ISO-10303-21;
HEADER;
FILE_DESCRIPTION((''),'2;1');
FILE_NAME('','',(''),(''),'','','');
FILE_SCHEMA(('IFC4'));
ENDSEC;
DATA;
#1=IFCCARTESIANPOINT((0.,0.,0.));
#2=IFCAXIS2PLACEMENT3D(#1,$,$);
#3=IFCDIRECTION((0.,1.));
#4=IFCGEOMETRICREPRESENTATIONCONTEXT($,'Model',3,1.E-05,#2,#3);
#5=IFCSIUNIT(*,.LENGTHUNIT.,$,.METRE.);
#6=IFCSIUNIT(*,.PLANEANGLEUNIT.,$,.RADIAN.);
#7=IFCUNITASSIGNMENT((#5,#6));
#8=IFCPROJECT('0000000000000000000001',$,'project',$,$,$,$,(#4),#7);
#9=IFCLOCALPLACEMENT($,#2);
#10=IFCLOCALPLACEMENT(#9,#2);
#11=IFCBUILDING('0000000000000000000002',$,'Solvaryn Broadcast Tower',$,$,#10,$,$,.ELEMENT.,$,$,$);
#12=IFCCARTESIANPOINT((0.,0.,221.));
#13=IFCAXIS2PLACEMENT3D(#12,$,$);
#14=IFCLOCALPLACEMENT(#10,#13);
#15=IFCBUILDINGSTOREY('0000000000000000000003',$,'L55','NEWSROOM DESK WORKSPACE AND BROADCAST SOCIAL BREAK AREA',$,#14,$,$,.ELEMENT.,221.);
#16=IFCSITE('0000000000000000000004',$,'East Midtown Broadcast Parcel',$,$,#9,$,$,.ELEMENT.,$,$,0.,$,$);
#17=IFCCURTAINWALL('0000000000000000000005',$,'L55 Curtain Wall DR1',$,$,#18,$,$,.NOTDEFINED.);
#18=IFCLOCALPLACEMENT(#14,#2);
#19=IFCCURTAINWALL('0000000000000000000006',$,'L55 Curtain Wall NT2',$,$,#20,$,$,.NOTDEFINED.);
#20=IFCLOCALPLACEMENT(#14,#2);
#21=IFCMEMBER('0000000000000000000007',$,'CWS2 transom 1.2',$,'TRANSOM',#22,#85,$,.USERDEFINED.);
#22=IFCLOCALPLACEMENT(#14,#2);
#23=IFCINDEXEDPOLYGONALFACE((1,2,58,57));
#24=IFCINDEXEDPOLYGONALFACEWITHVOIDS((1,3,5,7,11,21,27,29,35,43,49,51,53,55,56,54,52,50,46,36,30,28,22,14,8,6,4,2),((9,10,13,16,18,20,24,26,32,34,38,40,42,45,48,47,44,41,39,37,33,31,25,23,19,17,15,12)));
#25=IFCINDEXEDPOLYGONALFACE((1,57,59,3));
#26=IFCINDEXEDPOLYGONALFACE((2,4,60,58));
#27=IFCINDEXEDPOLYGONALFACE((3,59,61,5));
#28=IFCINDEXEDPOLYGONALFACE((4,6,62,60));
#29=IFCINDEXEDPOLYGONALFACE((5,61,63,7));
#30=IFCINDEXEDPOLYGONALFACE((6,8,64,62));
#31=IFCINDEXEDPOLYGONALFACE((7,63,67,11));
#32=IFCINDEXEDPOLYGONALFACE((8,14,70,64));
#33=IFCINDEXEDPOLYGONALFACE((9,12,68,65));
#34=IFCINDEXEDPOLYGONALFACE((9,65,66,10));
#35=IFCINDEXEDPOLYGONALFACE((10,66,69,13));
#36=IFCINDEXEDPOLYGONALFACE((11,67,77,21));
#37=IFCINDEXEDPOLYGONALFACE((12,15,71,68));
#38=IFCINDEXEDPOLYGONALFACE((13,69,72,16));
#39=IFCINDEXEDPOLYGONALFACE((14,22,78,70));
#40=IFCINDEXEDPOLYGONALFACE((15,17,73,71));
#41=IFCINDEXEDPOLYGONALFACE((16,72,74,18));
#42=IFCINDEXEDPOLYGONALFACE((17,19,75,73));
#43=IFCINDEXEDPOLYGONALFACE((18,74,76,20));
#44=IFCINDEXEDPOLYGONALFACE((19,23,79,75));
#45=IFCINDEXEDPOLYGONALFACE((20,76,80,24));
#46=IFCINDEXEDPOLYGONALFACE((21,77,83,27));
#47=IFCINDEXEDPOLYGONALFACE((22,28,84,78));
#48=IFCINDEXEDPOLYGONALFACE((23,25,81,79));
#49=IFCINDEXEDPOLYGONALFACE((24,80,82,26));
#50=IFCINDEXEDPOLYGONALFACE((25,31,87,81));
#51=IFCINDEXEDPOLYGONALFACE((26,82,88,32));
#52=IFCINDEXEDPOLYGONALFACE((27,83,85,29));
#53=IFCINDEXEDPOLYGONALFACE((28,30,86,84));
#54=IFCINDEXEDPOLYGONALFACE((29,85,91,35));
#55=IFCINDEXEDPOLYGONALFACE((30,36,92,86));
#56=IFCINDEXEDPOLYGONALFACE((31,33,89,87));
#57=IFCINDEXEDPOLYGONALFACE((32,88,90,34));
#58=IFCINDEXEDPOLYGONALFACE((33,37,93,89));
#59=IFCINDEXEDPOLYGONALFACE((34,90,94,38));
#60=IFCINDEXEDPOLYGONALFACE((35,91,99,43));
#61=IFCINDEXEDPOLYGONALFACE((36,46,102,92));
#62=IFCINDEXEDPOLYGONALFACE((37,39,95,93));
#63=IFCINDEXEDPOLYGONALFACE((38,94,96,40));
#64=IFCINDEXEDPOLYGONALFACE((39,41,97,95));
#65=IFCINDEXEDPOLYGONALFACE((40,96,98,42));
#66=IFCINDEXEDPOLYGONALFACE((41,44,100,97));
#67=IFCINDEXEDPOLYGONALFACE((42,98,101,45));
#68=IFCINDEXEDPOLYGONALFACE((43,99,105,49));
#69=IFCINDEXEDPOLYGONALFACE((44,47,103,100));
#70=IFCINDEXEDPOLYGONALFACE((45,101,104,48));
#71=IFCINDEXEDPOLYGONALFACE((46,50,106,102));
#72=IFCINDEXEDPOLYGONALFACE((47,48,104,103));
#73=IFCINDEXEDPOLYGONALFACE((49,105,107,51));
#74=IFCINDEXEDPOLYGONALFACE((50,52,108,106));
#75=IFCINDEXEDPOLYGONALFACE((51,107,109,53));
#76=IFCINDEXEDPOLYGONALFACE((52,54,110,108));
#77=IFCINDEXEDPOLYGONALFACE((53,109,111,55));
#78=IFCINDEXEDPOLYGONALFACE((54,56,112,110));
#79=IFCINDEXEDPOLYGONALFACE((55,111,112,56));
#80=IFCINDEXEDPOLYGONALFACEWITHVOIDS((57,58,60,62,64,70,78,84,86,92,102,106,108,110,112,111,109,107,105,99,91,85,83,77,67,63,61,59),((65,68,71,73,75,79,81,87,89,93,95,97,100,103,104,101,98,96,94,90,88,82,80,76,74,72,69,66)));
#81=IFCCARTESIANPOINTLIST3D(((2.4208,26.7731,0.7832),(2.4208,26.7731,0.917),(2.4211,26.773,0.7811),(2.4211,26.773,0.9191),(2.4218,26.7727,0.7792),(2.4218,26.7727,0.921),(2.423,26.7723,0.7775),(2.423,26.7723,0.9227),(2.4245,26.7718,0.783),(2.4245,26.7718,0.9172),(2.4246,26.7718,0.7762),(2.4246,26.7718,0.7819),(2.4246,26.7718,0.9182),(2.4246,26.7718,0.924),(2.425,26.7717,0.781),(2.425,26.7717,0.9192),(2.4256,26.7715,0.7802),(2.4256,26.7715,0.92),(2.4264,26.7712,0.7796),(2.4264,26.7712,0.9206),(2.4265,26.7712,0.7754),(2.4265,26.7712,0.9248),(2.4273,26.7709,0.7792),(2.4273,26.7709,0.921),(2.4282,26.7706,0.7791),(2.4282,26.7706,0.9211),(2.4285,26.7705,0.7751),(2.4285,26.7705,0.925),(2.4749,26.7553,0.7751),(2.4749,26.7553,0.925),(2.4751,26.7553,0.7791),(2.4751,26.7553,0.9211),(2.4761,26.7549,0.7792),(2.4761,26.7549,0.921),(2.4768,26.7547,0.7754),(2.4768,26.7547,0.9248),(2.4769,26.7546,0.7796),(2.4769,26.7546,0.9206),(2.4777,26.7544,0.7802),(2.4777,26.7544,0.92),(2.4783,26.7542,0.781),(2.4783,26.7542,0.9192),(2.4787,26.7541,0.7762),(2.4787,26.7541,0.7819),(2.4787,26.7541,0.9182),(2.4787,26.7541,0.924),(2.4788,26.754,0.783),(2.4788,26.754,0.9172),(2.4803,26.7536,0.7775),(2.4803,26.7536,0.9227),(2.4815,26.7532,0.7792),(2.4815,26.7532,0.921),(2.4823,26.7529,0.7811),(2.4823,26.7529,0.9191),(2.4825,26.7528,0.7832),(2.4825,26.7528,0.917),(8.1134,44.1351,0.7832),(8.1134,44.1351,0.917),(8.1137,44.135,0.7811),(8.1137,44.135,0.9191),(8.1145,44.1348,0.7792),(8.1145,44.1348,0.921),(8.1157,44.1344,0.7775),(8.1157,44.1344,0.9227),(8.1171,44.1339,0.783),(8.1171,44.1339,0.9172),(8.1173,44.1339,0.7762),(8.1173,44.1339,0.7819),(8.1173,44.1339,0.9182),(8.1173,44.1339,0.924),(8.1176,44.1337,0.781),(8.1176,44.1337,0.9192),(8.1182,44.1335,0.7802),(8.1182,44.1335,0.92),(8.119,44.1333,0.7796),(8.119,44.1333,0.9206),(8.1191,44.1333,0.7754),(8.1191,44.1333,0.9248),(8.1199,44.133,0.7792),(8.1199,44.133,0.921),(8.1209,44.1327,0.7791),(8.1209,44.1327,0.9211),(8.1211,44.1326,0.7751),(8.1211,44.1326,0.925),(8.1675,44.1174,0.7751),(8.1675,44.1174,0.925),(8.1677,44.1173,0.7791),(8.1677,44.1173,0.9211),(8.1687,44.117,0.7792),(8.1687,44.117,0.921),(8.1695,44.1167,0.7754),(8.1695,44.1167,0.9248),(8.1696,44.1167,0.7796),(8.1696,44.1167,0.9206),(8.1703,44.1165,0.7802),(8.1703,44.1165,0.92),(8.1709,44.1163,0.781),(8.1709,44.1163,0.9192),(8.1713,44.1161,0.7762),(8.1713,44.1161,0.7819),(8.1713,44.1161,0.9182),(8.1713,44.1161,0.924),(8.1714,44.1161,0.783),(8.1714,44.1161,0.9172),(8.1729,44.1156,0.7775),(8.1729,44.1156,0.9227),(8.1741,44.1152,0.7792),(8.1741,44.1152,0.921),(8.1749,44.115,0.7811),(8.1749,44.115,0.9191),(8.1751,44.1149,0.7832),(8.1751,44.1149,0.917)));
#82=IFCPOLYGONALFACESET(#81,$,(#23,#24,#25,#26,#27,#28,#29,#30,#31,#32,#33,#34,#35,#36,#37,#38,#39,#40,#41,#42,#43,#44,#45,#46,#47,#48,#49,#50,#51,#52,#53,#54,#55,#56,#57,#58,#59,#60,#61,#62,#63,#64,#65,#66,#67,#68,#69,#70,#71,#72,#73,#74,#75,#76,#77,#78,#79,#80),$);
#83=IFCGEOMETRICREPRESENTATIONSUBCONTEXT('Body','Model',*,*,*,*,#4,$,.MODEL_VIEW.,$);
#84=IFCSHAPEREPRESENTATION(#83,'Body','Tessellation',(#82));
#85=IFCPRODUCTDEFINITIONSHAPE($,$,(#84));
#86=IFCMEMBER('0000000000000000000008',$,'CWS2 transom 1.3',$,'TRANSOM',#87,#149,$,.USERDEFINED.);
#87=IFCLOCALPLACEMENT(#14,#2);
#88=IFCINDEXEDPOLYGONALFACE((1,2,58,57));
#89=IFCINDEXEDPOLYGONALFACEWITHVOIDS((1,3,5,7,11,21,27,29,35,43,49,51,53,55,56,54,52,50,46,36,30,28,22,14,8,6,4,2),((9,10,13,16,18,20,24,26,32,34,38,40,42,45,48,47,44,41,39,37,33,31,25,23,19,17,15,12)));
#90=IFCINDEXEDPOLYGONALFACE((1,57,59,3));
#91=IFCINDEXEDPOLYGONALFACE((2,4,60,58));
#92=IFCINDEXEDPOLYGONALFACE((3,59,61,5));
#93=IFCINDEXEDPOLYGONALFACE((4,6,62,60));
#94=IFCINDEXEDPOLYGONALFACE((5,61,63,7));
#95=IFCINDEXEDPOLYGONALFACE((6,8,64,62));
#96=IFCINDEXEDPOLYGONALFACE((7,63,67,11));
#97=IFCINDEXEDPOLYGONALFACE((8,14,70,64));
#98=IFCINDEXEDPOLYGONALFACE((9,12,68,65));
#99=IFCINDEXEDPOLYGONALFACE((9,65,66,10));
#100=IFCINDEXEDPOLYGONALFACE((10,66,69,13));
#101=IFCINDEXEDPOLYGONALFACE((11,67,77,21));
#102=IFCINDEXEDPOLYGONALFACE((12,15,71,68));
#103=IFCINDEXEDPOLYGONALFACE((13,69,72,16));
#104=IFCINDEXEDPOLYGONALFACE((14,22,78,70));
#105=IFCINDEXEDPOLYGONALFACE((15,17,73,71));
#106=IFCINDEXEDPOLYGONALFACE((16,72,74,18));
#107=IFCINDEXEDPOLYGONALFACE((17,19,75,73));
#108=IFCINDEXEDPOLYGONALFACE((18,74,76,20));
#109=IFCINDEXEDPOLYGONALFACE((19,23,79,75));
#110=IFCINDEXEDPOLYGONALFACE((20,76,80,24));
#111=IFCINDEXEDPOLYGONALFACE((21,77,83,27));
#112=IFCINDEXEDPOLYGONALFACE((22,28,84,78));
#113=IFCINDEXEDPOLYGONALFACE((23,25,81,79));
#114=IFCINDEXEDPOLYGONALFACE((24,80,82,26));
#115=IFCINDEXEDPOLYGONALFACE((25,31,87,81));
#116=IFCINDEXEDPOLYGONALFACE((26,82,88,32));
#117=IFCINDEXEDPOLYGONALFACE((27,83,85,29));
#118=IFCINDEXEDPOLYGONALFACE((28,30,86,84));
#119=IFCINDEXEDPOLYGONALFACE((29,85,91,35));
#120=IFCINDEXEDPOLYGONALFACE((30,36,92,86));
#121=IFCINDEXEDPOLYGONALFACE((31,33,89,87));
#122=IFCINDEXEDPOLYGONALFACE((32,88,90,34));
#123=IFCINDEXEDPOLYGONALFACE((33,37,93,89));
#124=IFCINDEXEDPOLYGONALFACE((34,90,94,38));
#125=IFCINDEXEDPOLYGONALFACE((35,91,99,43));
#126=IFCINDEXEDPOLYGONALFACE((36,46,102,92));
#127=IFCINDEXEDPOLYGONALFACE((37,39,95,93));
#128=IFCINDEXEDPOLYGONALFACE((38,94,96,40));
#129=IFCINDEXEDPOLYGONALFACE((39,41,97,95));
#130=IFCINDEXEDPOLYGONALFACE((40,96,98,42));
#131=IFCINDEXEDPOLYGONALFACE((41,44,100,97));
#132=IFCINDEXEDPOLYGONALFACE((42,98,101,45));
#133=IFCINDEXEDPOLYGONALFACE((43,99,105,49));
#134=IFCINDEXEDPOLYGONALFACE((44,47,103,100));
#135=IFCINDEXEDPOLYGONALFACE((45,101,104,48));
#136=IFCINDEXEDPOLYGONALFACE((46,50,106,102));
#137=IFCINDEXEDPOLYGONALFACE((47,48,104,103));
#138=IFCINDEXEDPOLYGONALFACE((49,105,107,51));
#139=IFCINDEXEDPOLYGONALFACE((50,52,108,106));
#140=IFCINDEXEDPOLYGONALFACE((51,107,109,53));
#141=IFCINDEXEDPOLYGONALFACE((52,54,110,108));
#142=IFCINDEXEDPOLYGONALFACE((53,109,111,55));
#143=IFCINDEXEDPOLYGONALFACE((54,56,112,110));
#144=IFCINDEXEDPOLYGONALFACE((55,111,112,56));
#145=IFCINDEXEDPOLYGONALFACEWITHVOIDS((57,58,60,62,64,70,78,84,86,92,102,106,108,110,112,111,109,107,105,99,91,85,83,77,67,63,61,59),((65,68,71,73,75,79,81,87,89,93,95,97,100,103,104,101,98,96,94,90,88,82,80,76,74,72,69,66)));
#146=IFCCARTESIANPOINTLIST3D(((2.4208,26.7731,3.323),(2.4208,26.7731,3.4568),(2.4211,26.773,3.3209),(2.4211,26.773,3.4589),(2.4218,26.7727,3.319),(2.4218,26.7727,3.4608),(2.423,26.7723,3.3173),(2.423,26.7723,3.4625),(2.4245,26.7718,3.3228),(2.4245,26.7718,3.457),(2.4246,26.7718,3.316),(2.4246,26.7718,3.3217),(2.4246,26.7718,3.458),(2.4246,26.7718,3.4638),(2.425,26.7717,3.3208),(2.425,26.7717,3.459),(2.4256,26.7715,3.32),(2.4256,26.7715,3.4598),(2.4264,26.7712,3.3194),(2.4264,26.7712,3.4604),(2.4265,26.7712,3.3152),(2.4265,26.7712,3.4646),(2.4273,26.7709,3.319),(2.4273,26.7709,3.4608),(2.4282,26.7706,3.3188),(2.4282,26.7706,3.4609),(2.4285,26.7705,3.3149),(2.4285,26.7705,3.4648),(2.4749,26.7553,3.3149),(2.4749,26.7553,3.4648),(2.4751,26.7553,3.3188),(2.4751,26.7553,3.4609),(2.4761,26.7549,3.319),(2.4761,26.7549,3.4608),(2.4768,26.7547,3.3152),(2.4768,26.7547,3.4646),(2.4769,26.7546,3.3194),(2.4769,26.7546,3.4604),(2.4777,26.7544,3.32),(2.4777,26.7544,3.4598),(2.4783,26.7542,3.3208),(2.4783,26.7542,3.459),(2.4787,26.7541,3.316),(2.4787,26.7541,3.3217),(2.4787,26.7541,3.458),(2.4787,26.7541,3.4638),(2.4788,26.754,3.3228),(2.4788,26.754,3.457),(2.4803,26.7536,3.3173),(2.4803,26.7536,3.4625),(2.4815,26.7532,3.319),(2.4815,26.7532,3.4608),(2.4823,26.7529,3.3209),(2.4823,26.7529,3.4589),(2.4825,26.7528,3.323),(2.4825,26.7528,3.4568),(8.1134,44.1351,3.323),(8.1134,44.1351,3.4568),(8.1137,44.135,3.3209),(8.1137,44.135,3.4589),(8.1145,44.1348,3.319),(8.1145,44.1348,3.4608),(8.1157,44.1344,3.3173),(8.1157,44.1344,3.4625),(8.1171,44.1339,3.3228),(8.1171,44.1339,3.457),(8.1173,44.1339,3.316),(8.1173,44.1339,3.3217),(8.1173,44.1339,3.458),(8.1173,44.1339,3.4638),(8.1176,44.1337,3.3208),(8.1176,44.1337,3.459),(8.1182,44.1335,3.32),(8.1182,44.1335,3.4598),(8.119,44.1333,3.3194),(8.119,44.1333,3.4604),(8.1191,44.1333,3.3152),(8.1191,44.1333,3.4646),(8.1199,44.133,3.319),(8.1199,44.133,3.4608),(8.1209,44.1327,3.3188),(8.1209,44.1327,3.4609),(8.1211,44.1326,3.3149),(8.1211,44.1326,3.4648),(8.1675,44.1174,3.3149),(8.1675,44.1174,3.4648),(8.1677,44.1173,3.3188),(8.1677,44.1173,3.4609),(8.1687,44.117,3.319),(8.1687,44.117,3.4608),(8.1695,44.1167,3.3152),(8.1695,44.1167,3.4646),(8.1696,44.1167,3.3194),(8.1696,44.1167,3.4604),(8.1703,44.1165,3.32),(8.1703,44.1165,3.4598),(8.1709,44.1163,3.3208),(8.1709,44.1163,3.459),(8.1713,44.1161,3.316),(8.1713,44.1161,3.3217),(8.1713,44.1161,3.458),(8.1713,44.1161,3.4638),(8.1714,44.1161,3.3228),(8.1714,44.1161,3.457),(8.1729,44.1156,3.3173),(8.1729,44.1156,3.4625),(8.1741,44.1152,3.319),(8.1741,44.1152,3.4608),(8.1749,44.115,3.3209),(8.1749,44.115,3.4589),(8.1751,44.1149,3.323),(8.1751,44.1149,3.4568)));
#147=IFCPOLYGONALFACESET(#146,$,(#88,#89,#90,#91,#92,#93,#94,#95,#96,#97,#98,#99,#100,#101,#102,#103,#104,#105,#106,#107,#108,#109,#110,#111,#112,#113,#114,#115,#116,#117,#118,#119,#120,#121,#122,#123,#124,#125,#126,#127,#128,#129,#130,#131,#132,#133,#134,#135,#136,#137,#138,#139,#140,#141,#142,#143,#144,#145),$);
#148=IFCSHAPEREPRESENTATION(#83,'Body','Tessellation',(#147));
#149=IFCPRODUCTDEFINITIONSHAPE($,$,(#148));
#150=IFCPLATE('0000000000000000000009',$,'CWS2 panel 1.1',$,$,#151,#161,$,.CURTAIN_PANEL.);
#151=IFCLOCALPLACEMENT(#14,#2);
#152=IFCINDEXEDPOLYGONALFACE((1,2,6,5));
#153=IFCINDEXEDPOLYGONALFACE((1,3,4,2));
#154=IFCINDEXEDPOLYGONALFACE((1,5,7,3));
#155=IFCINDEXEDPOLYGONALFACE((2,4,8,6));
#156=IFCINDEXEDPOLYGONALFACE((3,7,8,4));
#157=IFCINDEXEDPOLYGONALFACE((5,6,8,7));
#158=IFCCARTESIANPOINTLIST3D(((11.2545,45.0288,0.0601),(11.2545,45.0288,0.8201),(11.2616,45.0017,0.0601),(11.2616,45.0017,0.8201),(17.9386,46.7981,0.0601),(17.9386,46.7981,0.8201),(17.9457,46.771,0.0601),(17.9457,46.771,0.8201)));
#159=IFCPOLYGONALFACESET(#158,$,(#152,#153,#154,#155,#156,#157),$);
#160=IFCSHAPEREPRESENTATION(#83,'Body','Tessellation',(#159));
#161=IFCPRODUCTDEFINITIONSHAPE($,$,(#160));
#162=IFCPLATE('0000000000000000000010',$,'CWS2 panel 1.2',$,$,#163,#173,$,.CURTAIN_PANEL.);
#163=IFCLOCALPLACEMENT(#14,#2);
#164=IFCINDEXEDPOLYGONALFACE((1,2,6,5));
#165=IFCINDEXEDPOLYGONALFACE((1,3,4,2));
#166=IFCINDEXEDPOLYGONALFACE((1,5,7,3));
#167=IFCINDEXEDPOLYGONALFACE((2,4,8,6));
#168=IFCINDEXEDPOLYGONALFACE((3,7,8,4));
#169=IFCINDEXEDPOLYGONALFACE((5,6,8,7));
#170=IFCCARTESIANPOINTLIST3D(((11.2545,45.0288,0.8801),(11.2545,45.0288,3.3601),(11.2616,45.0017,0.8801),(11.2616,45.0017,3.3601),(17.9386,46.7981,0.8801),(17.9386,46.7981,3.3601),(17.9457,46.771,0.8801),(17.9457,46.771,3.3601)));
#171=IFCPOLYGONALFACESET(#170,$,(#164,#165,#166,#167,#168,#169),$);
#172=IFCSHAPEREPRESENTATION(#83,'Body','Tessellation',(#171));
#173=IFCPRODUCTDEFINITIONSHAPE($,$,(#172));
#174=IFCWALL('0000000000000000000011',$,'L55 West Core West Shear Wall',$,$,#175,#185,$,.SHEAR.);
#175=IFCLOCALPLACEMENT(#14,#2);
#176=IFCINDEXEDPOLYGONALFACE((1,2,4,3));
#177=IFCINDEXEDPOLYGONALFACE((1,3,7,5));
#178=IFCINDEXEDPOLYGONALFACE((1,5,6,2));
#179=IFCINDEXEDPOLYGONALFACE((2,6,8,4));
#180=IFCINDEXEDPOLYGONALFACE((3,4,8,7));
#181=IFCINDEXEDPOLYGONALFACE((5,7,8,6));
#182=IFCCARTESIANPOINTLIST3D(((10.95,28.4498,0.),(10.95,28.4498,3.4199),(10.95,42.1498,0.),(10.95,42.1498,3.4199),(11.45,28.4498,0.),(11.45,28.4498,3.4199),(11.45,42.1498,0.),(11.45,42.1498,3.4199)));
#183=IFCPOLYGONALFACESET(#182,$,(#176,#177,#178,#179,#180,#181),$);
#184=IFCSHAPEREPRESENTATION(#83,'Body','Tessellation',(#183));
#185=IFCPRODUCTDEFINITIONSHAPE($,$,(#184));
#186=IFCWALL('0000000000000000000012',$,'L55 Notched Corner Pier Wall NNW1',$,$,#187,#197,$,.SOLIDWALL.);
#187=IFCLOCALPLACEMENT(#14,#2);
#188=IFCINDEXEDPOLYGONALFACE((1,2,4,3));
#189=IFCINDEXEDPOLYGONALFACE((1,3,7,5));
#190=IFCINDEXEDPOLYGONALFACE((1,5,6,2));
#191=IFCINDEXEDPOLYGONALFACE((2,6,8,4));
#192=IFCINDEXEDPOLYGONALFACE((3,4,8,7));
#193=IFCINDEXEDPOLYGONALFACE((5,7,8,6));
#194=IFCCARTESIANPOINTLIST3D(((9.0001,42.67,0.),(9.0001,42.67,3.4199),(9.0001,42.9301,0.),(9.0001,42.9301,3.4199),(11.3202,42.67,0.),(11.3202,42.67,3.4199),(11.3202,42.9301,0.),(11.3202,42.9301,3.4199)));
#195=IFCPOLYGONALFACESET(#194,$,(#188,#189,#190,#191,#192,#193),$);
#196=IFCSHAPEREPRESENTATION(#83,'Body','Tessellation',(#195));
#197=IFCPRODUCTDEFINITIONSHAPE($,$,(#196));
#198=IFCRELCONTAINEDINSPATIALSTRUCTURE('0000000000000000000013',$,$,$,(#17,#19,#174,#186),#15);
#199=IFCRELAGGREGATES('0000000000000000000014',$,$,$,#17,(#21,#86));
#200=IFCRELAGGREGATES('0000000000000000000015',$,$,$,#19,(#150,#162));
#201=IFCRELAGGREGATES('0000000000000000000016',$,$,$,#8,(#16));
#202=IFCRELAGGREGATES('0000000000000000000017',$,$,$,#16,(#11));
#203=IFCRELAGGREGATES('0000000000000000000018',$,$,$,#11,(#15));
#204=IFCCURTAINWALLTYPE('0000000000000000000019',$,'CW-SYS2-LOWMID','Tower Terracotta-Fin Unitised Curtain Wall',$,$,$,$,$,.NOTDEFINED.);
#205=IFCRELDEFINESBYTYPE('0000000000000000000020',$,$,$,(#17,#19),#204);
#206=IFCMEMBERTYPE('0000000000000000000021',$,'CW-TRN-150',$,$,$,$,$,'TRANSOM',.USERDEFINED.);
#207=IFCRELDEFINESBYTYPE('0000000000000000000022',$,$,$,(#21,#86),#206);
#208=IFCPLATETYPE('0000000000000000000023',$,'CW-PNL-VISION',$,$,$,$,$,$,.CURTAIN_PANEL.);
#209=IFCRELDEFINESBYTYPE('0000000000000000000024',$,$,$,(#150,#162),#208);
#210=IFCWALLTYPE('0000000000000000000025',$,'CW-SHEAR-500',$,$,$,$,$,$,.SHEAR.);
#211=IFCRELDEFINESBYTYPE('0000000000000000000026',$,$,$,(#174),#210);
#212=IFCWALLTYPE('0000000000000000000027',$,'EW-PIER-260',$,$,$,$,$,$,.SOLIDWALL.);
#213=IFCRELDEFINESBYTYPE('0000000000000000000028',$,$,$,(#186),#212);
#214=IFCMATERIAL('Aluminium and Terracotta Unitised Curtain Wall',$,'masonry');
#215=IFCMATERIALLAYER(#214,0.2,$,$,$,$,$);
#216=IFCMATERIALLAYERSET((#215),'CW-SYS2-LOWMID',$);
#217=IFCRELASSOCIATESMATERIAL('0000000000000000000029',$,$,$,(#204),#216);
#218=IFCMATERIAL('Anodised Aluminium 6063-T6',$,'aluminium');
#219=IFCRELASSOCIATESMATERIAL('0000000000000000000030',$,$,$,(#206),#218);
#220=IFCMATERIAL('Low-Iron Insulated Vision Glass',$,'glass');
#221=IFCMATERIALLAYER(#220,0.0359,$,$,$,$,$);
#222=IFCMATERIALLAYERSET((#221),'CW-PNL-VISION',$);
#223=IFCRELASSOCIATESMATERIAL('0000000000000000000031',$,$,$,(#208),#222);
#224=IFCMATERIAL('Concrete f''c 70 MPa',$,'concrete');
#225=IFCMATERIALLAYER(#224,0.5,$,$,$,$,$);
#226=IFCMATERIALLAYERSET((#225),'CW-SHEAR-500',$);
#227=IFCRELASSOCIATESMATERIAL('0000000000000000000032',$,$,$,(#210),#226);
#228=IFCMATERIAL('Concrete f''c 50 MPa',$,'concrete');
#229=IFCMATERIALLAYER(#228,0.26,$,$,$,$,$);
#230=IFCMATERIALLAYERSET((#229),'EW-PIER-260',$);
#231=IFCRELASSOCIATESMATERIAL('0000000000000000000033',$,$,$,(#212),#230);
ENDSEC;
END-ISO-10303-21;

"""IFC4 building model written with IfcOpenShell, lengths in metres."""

from ifc_helpers import new_model, si_unit, direction, frame, frame_2d, origin, origin_2d, place, context, subcontext, project, spatial, rectangle, hollow_rectangle, extrude, material, layer, layer_set, material_profile, profile_set, type_object, element, aggregate, save


model = new_model("IFC4")

# Units and contexts
model_context = context("Model", 3, precision=1e-05, world=origin(), true_north=direction((0.0, 1.0)))
body_context = subcontext(model_context, "Body", "Model", "MODEL_VIEW")
ifc_project = project(units=[si_unit("LENGTHUNIT", "METRE"), si_unit("PLANEANGLEUNIT", "RADIAN")], contexts=[model_context])

# Site, building, storey
site_placement = place(None, origin())
site = spatial("IfcSite", under=ifc_project, at=site_placement, Name="East Midtown Broadcast Parcel", CompositionType="ELEMENT", RefElevation=0.0)
building_placement = place(site_placement, origin())
building = spatial("IfcBuilding", under=site, at=building_placement, Name="Solvaryn Broadcast Tower", CompositionType="ELEMENT")
storey_placement = place(building_placement, frame((0.0, 0.0, 221.0)))
storey = spatial("IfcBuildingStorey", under=building, at=storey_placement, Name="L55", Description="NEWSROOM DESK WORKSPACE AND BROADCAST SOCIAL BREAK AREA", CompositionType="ELEMENT", Elevation=221.0)

# Curtain walls
ifc_material_1 = material(Name="Aluminium and Terracotta Unitised Curtain Wall", Category="masonry")
ifc_layer_1 = layer(ifc_material_1, 0.2)
ifc_layer_set_1 = layer_set([ifc_layer_1], Name="CW-SYS2-LOWMID")
curtain_wall_type = type_object("IfcCurtainWallType", Name="CW-SYS2-LOWMID", Description="Tower Terracotta-Fin Unitised Curtain Wall", PredefinedType="NOTDEFINED", material=ifc_layer_set_1)
curtain_wall_1_placement = place(storey_placement, origin())
curtain_wall_1 = element("IfcCurtainWall", 1, at=curtain_wall_1_placement, inside=storey, type_object=curtain_wall_type, Name="L55 Curtain Wall DR1", PredefinedType="NOTDEFINED")
curtain_wall_2_placement = place(storey_placement, origin())
curtain_wall_2 = element("IfcCurtainWall", 2, at=curtain_wall_2_placement, inside=storey, type_object=curtain_wall_type, Name="L55 Curtain Wall NT2", PredefinedType="NOTDEFINED")

# Members
ifc_material_2 = material(Name="Anodised Aluminium 6063-T6", Category="aluminium")
ifc_material_profile_1 = material_profile(ifc_material_2, hollow_rectangle(XDim=0.0649, YDim=0.1499, WallThickness=0.0039, InnerFilletRadius=0.0039, OuterFilletRadius=0.0081, at=origin_2d()))
ifc_profile_set_1 = profile_set([ifc_material_profile_1], Name="Anodised Aluminium 6063-T6")
member_type_1 = type_object("IfcMemberType", Name="CW-TRN-150", ElementType="TRANSOM", PredefinedType="USERDEFINED", material=ifc_profile_set_1)
member_1_placement = place(storey_placement, frame((8.1443, 44.125, 0.8501), z_axis=(-0.311558, -0.950227, 0.0), x_axis=(0.950227, -0.311558, 0.0)))
member_1 = element("IfcMember", 3, at=member_1_placement, type_object=member_type_1, Name="CWS2 transom 1.2", ObjectType="TRANSOM", PredefinedType="USERDEFINED", context=body_context, shape_type="SweptSolid", body=[
    extrude(hollow_rectangle(XDim=0.0649, YDim=0.1499, WallThickness=0.0039, InnerFilletRadius=0.0039, OuterFilletRadius=0.0081, at=origin_2d()), origin(), (0.0, 0.0, 1.0), 18.2715),
])
member_2_placement = place(storey_placement, frame((8.1443, 44.125, 3.3899), z_axis=(-0.311558, -0.950227, 0.0), x_axis=(0.950227, -0.311558, 0.0)))
member_2 = element("IfcMember", 4, at=member_2_placement, type_object=member_type_1, Name="CWS2 transom 1.3", ObjectType="TRANSOM", PredefinedType="USERDEFINED", context=body_context, shape_type="SweptSolid", body=[
    extrude(hollow_rectangle(XDim=0.0649, YDim=0.1499, WallThickness=0.0039, InnerFilletRadius=0.0039, OuterFilletRadius=0.0081, at=origin_2d()), origin(), (0.0, 0.0, 1.0), 18.2715),
])
aggregate(curtain_wall_1, [member_1, member_2])

# Plates
ifc_material_3 = material(Name="Low-Iron Insulated Vision Glass", Category="glass")
ifc_layer_2 = layer(ifc_material_3, 0.0359)
ifc_layer_set_2 = layer_set([ifc_layer_2], Name="CW-PNL-VISION")
plate_type = type_object("IfcPlateType", Name="CW-PNL-VISION", PredefinedType="CURTAIN_PANEL", material=ifc_layer_set_2)
plate_1_placement = place(storey_placement, frame((14.6001, 45.8999, 0.0601), z_axis=(0.0, 0.0, 1.0), x_axis=(-0.966705, -0.255893, 0.0)))
plate_1 = element("IfcPlate", 5, at=plate_1_placement, type_object=plate_type, Name="CWS2 panel 1.1", PredefinedType="CURTAIN_PANEL", context=body_context, shape_type="SweptSolid", body=[
    extrude(rectangle(XDim=6.9143, YDim=0.0281, at=origin_2d()), origin(), (0.0, 0.0, 1.0), 0.76),
])
plate_2_placement = place(storey_placement, frame((14.6001, 45.8999, 0.8801), z_axis=(0.0, 0.0, 1.0), x_axis=(-0.966705, -0.255893, 0.0)))
plate_2 = element("IfcPlate", 6, at=plate_2_placement, type_object=plate_type, Name="CWS2 panel 1.2", PredefinedType="CURTAIN_PANEL", context=body_context, shape_type="SweptSolid", body=[
    extrude(rectangle(XDim=6.9143, YDim=0.0281, at=origin_2d()), origin(), (0.0, 0.0, 1.0), 2.48),
])
aggregate(curtain_wall_2, [plate_1, plate_2])

# Walls
ifc_material_4 = material(Name="Concrete f'c 70 MPa", Category="concrete")
ifc_layer_3 = layer(ifc_material_4, 0.5)
ifc_layer_set_3 = layer_set([ifc_layer_3], Name="CW-SHEAR-500")
wall_type_1 = type_object("IfcWallType", Name="CW-SHEAR-500", PredefinedType="SHEAR", material=ifc_layer_set_3)
wall_1_placement = place(storey_placement, frame((11.2, 42.1499, 0.0), z_axis=(0.0, 0.0, 1.0), x_axis=(0.0, -1.0, 0.0)))
element("IfcWall", 7, at=wall_1_placement, inside=storey, type_object=wall_type_1, Name="L55 West Core West Shear Wall", PredefinedType="SHEAR", context=body_context, shape_type="SweptSolid", body=[
    extrude(rectangle(XDim=13.7, YDim=0.5, at=frame_2d((6.8501, 0.0))), origin(), (0.0, 0.0, 1.0), 3.4199),
])
ifc_material_5 = material(Name="Concrete f'c 50 MPa", Category="concrete")
ifc_layer_4 = layer(ifc_material_5, 0.26)
ifc_layer_set_4 = layer_set([ifc_layer_4], Name="EW-PIER-260")
wall_type_2 = type_object("IfcWallType", Name="EW-PIER-260", PredefinedType="SOLIDWALL", material=ifc_layer_set_4)
wall_2_placement = place(storey_placement, frame((9.0, 42.8, 0.0), z_axis=(0.0, 0.0, 1.0), x_axis=(1.0, 0.0, 0.0)))
element("IfcWall", 8, at=wall_2_placement, inside=storey, type_object=wall_type_2, Name="L55 Notched Corner Pier Wall NNW1", PredefinedType="SOLIDWALL", context=body_context, shape_type="SweptSolid", body=[
    extrude(rectangle(XDim=2.3201, YDim=0.26, at=frame_2d((1.1602, 0.0))), origin(), (0.0, 0.0, 1.0), 3.4199),
])

save(model, "model.ifc")
